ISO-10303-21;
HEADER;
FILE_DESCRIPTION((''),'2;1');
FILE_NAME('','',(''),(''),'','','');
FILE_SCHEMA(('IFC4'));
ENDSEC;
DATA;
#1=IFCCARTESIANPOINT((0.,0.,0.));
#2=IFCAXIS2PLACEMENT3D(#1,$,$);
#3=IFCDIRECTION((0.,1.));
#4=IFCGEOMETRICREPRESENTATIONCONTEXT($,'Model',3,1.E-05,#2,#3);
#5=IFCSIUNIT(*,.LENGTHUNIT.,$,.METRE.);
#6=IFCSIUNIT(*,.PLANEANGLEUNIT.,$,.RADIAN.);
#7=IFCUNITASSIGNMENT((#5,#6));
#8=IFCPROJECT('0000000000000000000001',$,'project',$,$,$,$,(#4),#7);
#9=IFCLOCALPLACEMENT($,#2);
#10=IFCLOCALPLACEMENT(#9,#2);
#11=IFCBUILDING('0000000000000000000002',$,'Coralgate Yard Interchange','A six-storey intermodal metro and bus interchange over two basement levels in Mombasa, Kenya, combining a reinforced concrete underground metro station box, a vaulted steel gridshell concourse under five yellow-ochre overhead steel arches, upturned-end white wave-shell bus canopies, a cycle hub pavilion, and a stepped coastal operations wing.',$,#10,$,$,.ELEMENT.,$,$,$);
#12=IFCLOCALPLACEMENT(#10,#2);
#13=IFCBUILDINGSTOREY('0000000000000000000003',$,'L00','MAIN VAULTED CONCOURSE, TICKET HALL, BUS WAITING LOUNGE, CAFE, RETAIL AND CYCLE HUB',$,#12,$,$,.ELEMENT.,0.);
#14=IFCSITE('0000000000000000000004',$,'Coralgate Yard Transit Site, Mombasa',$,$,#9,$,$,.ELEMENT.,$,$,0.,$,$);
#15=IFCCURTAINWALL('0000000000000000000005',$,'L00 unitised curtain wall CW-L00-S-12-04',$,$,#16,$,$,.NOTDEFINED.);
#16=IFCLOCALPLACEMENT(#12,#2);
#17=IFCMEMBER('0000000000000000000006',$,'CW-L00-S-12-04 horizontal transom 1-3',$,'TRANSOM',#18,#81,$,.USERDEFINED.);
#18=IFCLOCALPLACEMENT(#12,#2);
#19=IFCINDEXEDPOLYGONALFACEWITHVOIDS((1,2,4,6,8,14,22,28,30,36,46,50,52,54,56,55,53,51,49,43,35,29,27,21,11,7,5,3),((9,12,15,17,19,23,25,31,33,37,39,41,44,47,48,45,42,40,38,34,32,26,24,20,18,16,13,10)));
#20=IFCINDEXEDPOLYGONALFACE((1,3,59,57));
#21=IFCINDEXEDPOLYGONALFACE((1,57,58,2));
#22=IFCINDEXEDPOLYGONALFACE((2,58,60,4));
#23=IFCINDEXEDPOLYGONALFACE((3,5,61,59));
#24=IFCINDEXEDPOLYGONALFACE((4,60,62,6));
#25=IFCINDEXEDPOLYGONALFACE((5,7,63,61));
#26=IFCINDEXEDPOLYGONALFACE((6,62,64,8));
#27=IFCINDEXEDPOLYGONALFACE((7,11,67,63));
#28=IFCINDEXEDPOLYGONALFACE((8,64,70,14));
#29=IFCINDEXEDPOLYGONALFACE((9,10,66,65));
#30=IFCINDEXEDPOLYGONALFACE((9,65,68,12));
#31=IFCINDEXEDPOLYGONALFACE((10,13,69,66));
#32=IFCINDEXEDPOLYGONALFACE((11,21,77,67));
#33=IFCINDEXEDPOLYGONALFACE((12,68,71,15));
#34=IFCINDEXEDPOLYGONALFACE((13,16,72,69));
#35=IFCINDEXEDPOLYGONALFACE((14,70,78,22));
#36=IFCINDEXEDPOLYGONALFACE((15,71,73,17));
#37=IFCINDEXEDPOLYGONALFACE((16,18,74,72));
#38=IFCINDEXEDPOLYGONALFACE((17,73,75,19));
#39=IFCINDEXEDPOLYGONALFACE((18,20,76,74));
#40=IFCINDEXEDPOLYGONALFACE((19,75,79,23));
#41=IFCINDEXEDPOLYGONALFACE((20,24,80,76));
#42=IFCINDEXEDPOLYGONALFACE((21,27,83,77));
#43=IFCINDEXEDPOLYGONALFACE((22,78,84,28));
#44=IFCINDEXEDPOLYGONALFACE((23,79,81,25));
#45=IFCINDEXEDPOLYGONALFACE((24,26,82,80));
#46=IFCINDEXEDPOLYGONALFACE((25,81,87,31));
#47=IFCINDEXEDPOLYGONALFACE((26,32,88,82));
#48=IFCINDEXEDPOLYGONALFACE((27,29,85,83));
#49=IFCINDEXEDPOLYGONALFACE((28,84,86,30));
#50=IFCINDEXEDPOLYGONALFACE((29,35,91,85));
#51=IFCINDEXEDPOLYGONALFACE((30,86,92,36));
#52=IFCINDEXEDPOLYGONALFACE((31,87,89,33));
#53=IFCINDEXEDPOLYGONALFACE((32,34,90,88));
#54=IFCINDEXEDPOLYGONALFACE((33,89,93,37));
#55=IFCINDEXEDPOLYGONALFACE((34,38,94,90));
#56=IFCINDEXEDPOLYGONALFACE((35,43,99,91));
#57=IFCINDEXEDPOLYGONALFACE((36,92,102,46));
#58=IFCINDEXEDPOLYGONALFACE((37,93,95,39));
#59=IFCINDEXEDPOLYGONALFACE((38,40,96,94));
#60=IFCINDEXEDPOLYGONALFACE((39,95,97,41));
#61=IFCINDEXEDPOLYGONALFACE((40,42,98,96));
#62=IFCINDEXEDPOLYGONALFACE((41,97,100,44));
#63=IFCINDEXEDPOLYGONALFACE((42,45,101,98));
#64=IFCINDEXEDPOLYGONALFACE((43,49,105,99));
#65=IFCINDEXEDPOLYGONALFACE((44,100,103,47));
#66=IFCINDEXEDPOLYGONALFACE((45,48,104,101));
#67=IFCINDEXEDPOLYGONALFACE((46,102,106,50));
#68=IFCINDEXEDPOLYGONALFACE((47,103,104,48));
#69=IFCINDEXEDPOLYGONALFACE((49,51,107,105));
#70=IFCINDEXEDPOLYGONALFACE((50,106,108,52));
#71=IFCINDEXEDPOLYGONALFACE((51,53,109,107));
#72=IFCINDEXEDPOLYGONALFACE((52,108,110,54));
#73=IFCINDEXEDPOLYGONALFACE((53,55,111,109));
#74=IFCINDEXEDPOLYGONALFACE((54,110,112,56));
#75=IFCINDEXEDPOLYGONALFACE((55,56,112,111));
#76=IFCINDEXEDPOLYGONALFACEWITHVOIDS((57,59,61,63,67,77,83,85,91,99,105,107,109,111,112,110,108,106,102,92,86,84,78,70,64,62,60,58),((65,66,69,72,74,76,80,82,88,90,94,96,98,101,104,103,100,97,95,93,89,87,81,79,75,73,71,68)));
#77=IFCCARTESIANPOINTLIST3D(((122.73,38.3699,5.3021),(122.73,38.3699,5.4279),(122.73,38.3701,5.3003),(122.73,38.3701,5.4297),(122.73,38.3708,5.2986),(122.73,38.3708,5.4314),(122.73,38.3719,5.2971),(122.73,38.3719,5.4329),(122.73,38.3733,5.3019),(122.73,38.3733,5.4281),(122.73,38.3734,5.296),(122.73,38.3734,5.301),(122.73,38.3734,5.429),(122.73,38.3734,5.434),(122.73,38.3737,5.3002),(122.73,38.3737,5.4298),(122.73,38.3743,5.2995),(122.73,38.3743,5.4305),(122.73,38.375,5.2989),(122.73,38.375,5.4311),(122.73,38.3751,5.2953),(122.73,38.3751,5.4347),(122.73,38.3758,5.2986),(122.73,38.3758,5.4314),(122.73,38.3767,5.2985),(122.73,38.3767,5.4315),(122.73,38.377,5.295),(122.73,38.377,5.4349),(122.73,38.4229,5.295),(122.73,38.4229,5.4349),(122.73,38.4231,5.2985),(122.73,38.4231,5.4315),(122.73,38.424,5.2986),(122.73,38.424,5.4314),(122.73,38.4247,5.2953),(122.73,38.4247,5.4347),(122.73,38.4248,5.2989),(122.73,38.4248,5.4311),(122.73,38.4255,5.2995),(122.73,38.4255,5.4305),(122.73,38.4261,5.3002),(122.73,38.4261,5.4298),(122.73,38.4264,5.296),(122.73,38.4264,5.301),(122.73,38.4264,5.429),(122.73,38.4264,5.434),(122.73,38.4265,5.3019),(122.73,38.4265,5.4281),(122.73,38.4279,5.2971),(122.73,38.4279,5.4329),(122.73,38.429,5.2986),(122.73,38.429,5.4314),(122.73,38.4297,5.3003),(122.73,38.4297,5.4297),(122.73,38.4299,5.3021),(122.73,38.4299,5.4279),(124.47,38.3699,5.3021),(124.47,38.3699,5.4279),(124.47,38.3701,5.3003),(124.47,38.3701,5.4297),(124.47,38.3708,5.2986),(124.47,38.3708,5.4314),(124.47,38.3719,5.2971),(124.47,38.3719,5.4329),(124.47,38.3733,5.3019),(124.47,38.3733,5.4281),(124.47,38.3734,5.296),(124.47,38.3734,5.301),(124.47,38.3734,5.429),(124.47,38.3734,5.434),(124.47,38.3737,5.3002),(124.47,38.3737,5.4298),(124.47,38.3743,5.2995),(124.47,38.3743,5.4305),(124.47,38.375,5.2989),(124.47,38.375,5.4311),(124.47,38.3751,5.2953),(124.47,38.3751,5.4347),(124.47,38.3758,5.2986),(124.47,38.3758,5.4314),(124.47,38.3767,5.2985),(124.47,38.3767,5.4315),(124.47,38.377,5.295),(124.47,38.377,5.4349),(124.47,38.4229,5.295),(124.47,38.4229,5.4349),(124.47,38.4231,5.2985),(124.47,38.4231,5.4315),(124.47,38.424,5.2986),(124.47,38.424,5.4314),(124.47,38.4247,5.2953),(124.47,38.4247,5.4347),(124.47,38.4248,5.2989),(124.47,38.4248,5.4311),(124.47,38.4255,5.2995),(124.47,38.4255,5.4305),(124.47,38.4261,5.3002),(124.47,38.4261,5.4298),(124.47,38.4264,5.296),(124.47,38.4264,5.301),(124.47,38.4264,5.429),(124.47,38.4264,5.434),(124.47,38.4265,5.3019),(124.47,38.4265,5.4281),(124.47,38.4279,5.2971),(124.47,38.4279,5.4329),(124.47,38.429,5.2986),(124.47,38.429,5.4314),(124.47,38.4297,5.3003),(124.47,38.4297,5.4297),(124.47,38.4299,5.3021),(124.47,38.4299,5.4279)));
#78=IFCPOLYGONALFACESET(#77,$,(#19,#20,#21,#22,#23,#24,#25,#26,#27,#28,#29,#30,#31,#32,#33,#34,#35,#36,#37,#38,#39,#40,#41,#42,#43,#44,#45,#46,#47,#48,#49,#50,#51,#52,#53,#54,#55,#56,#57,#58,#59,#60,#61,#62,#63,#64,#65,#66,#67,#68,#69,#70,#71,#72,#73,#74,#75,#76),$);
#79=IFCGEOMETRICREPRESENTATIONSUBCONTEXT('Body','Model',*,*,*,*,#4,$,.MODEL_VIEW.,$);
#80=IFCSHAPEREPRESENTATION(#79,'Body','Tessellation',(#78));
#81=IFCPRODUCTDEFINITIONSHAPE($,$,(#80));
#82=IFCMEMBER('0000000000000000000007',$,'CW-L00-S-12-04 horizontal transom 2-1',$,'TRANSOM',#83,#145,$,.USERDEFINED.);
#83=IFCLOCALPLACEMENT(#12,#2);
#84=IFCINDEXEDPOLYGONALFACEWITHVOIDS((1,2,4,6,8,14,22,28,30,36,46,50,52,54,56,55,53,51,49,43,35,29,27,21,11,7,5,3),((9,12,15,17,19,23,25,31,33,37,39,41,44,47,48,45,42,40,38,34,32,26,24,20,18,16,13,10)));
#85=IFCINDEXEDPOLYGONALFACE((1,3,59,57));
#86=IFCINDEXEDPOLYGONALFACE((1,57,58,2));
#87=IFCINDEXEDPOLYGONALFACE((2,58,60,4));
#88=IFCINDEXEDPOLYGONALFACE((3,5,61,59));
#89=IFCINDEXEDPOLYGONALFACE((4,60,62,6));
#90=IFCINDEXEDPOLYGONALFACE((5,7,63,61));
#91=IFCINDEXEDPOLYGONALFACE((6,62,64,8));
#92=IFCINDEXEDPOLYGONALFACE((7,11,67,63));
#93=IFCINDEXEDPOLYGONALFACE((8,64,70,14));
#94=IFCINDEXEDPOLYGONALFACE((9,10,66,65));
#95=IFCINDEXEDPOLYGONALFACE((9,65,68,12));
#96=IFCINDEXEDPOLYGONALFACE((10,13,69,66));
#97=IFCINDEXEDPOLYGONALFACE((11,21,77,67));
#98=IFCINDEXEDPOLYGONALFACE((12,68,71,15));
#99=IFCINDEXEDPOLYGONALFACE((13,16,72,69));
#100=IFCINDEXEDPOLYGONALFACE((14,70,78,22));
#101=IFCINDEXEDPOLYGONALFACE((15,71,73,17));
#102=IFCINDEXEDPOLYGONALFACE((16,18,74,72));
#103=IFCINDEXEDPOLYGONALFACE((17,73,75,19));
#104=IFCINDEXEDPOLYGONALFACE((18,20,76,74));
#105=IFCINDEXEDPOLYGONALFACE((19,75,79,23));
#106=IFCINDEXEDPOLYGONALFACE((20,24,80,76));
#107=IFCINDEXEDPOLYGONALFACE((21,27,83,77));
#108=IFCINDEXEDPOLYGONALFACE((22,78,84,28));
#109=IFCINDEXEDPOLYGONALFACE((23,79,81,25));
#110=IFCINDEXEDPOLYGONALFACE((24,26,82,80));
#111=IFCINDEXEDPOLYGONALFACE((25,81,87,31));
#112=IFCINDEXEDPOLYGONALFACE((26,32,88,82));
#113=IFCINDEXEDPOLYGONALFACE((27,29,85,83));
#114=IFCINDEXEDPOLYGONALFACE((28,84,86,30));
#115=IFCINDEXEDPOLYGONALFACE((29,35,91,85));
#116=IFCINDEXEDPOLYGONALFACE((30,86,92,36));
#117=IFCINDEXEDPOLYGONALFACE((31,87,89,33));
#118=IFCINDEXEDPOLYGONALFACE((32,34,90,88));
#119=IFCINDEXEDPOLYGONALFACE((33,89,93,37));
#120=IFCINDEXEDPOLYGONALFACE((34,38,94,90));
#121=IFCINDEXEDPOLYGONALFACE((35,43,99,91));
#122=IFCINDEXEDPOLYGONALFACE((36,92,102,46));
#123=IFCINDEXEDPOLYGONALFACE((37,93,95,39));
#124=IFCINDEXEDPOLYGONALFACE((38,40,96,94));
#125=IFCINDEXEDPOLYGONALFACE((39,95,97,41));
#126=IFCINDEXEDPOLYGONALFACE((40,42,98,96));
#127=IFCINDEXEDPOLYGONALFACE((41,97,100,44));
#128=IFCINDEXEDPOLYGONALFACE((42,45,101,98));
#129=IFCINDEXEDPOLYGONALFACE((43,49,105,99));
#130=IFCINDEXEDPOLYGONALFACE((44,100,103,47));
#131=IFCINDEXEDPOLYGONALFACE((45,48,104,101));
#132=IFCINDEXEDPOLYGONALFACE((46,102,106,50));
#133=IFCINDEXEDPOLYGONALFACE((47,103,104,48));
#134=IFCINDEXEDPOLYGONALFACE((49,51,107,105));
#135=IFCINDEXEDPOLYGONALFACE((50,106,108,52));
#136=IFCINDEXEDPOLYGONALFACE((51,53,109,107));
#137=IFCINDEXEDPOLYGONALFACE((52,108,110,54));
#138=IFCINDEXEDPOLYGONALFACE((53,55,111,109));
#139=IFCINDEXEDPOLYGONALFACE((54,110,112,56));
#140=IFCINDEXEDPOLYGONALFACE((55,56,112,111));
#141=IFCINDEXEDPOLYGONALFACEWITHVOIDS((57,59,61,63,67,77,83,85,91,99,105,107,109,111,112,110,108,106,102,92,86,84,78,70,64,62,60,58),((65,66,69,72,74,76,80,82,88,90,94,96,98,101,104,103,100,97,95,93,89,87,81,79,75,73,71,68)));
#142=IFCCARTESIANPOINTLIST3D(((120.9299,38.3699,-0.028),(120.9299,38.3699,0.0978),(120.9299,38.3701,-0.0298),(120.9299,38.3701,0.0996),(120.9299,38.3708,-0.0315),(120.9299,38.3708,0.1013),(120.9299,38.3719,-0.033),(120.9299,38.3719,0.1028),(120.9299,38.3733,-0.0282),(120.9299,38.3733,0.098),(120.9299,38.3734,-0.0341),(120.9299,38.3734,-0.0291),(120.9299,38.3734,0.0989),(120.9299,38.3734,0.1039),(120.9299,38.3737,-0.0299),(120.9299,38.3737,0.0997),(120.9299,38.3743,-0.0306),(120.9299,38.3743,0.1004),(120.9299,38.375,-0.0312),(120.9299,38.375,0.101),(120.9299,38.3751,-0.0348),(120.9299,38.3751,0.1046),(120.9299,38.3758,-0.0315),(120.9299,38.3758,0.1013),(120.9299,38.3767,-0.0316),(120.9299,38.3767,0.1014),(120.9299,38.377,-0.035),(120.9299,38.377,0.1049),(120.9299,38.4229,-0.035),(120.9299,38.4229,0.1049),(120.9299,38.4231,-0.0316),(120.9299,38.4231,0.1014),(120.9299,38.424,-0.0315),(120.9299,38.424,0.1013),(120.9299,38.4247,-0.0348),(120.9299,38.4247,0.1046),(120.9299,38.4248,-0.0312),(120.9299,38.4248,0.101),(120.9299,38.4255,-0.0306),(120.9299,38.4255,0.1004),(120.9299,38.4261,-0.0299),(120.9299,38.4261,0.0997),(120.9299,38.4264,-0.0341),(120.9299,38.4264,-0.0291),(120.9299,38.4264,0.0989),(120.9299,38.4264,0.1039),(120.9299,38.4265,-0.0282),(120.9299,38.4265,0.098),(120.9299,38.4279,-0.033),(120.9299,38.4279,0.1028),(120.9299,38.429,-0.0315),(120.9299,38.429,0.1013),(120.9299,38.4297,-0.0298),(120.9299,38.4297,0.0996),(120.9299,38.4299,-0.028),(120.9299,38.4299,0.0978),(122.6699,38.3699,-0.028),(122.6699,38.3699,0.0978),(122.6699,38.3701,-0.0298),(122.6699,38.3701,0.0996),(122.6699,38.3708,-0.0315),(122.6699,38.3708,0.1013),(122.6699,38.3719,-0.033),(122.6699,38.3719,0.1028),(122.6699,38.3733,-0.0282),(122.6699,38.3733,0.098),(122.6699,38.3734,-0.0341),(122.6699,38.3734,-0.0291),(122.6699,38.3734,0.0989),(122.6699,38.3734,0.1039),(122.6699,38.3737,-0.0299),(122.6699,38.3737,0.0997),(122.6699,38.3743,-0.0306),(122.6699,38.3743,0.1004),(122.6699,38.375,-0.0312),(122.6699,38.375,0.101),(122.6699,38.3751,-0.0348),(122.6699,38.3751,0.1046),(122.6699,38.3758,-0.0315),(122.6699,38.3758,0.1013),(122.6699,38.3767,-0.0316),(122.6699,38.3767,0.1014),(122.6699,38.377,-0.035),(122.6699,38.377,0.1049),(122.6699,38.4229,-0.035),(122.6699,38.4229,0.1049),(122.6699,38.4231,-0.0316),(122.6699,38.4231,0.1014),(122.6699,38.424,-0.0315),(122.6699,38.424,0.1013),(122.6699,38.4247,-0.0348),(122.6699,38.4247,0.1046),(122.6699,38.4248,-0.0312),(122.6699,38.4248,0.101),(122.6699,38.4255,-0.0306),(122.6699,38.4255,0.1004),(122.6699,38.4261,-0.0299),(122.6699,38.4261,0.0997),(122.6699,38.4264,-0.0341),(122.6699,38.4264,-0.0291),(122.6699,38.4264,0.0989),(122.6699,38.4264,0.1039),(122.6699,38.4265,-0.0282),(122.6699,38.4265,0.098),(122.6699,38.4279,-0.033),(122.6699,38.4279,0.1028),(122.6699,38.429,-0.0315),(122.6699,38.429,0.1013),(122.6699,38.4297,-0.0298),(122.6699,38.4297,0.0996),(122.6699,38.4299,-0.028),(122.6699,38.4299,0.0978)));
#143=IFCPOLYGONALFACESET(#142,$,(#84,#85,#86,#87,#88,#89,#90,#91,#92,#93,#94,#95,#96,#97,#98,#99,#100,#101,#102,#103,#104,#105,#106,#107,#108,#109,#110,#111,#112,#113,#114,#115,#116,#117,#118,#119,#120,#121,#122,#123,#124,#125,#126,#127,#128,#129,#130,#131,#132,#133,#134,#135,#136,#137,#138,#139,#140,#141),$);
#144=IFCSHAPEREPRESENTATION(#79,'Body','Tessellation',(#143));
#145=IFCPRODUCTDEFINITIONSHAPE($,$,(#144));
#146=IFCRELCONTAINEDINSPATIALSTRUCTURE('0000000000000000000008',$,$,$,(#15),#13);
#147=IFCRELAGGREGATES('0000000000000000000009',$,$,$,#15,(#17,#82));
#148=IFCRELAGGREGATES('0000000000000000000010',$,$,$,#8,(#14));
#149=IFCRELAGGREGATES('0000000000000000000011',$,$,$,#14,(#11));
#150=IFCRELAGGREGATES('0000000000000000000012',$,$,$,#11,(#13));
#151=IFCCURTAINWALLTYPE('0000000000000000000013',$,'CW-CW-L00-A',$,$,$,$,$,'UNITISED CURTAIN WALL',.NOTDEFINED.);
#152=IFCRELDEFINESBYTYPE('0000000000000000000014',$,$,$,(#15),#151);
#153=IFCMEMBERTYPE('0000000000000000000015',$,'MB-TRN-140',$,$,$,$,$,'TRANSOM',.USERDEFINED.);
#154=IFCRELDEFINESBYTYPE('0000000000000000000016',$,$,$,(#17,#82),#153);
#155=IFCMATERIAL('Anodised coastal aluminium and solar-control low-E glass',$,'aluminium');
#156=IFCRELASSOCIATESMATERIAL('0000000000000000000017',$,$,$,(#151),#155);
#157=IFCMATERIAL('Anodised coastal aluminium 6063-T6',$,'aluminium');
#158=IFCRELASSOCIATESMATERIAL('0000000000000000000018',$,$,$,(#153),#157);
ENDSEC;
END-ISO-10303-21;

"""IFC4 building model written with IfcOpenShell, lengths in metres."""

from ifc_helpers import new_model, si_unit, direction, frame, origin, origin_2d, place, context, subcontext, project, spatial, hollow_rectangle, extrude, material, material_profile, profile_set, type_object, element, aggregate, save


model = new_model("IFC4")

# Units and contexts
model_context = context("Model", 3, precision=1e-05, world=origin(), true_north=direction((0.0, 1.0)))
body_context = subcontext(model_context, "Body", "Model", "MODEL_VIEW")
ifc_project = project(units=[si_unit("LENGTHUNIT", "METRE"), si_unit("PLANEANGLEUNIT", "RADIAN")], contexts=[model_context])

# Site, building, storey
site_placement = place(None, origin())
site = spatial("IfcSite", under=ifc_project, at=site_placement, Name="Coralgate Yard Transit Site, Mombasa", CompositionType="ELEMENT", RefElevation=0.0)
building_placement = place(site_placement, origin())
building = spatial("IfcBuilding", under=site, at=building_placement, Name="Coralgate Yard Interchange", Description="A six-storey intermodal metro and bus interchange over two basement levels in Mombasa, Kenya, combining a reinforced concrete underground metro station box, a vaulted steel gridshell concourse under five yellow-ochre overhead steel arches, upturned-end white wave-shell bus canopies, a cycle hub pavilion, and a stepped coastal operations wing.", CompositionType="ELEMENT")
storey_placement = place(building_placement, origin())
storey = spatial("IfcBuildingStorey", under=building, at=storey_placement, Name="L00", Description="MAIN VAULTED CONCOURSE, TICKET HALL, BUS WAITING LOUNGE, CAFE, RETAIL AND CYCLE HUB", CompositionType="ELEMENT", Elevation=0.0)

# Curtain wall, members
ifc_material_1 = material(Name="Anodised coastal aluminium and solar-control low-E glass", Category="aluminium")
curtain_wall_type = type_object("IfcCurtainWallType", Name="CW-CW-L00-A", ElementType="UNITISED CURTAIN WALL", PredefinedType="NOTDEFINED", material=ifc_material_1)
curtain_wall_placement = place(storey_placement, origin())
curtain_wall = element("IfcCurtainWall", 1, at=curtain_wall_placement, inside=storey, type_object=curtain_wall_type, Name="L00 unitised curtain wall CW-L00-S-12-04", PredefinedType="NOTDEFINED")
ifc_material_2 = material(Name="Anodised coastal aluminium 6063-T6", Category="aluminium")
ifc_material_profile_1 = material_profile(ifc_material_2, hollow_rectangle(XDim=0.0601, YDim=0.1399, WallThickness=0.0034, InnerFilletRadius=0.0034, OuterFilletRadius=0.0071, at=origin_2d()), Name="ALU 60x140x3.5")
ifc_profile_set_1 = profile_set([ifc_material_profile_1], Name="Anodised coastal aluminium 6063-T6")
member_type_1 = type_object("IfcMemberType", Name="MB-TRN-140", ElementType="TRANSOM", PredefinedType="USERDEFINED", material=ifc_profile_set_1)
member_1_placement = place(storey_placement, frame((124.47, 38.3999, 5.365), z_axis=(-1.0, 0.0, 0.0), x_axis=(0.0, -1.0, 0.0)))
member_1 = element("IfcMember", 2, at=member_1_placement, type_object=member_type_1, Name="CW-L00-S-12-04 horizontal transom 1-3", ObjectType="TRANSOM", PredefinedType="USERDEFINED", context=body_context, shape_type="SweptSolid", body=[
    extrude(hollow_rectangle(XDim=0.0601, YDim=0.1399, WallThickness=0.0034, InnerFilletRadius=0.0034, OuterFilletRadius=0.0071, at=origin_2d()), origin(), (0.0, 0.0, 1.0), 1.74),
])
member_2_placement = place(storey_placement, frame((122.6699, 38.3999, 0.0349), z_axis=(-1.0, 0.0, 0.0), x_axis=(0.0, -1.0, 0.0)))
member_2 = element("IfcMember", 3, at=member_2_placement, type_object=member_type_1, Name="CW-L00-S-12-04 horizontal transom 2-1", ObjectType="TRANSOM", PredefinedType="USERDEFINED", context=body_context, shape_type="SweptSolid", body=[
    extrude(hollow_rectangle(XDim=0.0601, YDim=0.1399, WallThickness=0.0034, InnerFilletRadius=0.0034, OuterFilletRadius=0.0071, at=origin_2d()), origin(), (0.0, 0.0, 1.0), 1.74),
])
aggregate(curtain_wall, [member_1, member_2])

save(model, "model.ifc")
